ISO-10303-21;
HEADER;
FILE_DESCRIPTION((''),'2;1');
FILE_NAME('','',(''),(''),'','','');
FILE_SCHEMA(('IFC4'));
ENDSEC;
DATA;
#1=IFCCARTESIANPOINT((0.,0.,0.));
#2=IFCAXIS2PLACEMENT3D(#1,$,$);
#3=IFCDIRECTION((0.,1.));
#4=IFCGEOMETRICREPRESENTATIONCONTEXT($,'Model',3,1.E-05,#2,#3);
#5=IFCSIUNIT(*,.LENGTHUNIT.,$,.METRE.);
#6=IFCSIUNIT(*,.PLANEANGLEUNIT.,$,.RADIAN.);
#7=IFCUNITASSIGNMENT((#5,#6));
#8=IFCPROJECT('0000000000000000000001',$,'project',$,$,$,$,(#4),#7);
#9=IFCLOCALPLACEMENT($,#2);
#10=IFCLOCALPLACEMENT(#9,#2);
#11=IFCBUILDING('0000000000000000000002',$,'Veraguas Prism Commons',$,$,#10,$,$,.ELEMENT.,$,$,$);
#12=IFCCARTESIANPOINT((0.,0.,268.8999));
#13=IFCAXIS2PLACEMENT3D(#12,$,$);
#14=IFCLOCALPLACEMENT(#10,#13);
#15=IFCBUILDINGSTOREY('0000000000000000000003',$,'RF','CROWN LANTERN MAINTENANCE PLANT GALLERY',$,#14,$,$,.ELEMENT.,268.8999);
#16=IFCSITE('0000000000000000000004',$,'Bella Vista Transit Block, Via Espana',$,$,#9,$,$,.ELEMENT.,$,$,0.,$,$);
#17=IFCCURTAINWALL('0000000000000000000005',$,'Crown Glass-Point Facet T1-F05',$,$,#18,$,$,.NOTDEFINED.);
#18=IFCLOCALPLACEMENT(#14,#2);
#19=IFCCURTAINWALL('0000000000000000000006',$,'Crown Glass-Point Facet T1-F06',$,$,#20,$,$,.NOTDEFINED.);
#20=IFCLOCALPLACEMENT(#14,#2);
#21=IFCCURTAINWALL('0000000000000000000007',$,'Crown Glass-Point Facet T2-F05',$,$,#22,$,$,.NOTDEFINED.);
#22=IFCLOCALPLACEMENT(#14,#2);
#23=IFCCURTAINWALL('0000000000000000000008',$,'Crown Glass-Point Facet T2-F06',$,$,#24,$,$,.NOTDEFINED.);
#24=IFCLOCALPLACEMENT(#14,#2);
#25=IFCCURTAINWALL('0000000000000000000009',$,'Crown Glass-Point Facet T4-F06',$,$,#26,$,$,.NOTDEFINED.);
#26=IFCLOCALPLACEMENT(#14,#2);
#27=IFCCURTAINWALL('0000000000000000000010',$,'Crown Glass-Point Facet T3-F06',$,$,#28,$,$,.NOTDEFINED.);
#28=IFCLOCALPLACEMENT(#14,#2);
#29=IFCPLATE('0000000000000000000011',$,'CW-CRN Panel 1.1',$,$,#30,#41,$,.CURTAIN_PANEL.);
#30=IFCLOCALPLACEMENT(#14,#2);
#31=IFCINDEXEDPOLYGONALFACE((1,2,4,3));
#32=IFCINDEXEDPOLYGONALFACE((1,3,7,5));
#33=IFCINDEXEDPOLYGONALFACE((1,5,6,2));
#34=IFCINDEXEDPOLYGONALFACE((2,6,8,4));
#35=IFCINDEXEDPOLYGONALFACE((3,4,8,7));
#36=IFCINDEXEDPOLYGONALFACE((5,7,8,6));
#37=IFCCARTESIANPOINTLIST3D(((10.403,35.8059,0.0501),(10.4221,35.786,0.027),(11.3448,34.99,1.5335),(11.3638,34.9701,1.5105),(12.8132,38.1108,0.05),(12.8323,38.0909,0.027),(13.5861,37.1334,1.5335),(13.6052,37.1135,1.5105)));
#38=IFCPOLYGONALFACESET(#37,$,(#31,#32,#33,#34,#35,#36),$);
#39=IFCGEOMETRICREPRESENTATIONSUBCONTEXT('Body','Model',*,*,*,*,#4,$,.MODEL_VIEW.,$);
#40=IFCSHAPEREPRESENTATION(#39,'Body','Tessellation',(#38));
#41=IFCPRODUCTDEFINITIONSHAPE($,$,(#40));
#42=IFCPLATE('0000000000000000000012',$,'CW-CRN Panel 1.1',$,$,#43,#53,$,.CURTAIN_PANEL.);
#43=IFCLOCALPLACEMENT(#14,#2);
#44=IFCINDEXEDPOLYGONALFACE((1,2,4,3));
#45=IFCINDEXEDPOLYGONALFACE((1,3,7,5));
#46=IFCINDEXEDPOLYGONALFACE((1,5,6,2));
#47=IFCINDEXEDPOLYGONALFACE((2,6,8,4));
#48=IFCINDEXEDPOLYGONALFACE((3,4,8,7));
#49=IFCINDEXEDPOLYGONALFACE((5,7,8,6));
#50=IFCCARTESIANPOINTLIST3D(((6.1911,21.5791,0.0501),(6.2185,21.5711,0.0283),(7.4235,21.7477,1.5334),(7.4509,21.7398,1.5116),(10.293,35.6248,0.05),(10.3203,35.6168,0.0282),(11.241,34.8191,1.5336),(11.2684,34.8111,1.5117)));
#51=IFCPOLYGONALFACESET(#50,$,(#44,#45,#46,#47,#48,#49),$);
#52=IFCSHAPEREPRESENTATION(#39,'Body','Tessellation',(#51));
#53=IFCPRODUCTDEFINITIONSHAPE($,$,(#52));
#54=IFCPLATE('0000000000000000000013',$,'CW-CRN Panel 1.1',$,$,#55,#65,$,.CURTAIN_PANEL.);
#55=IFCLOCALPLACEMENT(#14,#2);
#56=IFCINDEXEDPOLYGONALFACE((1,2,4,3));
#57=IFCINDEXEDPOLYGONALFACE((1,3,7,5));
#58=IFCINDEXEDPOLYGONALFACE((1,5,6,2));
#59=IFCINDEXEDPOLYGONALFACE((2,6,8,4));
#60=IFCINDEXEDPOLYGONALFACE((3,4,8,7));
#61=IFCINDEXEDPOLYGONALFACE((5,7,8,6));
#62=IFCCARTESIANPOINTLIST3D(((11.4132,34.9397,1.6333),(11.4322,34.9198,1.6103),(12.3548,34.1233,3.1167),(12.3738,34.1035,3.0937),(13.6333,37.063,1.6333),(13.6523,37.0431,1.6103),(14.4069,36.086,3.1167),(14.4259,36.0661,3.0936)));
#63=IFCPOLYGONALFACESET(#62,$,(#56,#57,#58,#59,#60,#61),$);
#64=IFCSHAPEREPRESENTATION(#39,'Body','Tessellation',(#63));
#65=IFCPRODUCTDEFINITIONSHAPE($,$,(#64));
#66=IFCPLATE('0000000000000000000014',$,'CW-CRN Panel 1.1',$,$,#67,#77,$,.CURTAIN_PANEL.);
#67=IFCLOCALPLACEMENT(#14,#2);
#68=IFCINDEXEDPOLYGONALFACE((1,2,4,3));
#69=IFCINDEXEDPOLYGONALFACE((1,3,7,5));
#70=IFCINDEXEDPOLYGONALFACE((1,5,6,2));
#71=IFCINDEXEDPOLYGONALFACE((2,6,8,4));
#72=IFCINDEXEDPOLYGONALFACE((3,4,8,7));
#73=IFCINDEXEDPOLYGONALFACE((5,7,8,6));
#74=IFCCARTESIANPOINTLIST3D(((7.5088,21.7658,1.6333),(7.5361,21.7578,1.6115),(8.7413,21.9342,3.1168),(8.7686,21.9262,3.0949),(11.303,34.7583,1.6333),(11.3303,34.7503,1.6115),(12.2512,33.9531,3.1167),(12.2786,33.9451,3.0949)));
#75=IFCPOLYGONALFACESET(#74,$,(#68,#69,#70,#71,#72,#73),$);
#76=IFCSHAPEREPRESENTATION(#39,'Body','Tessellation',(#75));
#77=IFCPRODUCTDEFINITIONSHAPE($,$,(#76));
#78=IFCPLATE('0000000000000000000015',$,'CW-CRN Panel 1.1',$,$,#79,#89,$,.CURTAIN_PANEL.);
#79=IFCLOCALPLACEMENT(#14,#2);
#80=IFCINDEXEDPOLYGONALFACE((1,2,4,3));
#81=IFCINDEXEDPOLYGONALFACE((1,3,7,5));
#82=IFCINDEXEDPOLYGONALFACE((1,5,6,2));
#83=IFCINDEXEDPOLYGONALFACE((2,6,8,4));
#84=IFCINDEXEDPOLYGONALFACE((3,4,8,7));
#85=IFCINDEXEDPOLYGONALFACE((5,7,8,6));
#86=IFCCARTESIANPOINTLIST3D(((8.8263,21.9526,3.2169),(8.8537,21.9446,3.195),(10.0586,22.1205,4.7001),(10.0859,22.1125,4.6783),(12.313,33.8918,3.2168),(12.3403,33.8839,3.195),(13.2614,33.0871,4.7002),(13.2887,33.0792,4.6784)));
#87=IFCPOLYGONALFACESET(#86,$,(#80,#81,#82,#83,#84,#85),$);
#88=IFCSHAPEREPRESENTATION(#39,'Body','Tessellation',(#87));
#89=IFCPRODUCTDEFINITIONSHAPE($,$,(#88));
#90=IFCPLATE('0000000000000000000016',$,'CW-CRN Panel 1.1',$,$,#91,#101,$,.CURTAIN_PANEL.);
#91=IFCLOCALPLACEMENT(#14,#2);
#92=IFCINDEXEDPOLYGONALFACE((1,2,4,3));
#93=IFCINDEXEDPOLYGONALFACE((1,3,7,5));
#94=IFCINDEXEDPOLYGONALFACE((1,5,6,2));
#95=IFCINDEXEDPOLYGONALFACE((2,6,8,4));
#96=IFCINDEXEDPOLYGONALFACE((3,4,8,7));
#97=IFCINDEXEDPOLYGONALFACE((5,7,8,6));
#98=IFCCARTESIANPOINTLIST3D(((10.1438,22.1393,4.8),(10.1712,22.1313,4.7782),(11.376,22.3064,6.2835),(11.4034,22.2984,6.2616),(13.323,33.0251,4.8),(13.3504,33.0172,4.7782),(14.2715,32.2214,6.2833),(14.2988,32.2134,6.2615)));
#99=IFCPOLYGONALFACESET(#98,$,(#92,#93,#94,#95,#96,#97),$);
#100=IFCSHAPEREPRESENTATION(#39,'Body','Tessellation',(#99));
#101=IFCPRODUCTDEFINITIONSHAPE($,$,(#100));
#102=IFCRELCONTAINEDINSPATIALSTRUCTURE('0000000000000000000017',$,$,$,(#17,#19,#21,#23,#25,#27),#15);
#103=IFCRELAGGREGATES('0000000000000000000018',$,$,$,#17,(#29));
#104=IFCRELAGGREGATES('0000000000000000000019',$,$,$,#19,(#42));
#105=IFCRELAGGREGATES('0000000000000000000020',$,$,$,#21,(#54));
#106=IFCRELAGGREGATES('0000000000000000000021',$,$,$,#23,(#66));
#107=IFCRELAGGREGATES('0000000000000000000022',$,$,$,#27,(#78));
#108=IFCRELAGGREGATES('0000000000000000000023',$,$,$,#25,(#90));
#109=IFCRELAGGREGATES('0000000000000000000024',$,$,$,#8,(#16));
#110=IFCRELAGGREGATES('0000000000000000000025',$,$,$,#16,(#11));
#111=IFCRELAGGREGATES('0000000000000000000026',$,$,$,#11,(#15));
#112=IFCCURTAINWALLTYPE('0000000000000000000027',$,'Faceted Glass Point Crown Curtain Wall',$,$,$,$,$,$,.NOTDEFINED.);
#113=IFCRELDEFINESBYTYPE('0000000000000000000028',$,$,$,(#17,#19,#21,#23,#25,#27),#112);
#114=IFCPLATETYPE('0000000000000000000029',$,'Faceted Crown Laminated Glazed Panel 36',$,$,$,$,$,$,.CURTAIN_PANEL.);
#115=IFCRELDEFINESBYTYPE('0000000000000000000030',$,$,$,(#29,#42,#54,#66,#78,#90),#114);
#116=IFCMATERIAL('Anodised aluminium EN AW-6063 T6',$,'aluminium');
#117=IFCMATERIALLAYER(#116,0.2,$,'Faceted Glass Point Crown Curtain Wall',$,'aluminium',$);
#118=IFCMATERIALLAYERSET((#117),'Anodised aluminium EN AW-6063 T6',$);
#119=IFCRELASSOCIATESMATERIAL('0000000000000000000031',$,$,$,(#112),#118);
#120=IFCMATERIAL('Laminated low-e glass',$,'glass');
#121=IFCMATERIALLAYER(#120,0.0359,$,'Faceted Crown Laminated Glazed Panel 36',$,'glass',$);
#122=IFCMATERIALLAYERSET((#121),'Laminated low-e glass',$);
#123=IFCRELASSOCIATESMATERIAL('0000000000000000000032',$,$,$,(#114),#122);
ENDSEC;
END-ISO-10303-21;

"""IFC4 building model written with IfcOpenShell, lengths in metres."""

from ifc_helpers import new_model, si_unit, direction, frame, origin, place, context, subcontext, project, spatial, polyline, outline, extrude, material, layer, layer_set, type_object, element, aggregate, save


model = new_model("IFC4")

# Units and contexts
model_context = context("Model", 3, precision=1e-05, world=origin(), true_north=direction((0.0, 1.0)))
body_context = subcontext(model_context, "Body", "Model", "MODEL_VIEW")
ifc_project = project(units=[si_unit("LENGTHUNIT", "METRE"), si_unit("PLANEANGLEUNIT", "RADIAN")], contexts=[model_context])

# Site, building, storey
site_placement = place(None, origin())
site = spatial("IfcSite", under=ifc_project, at=site_placement, Name="Bella Vista Transit Block, Via Espana", CompositionType="ELEMENT", RefElevation=0.0)
building_placement = place(site_placement, origin())
building = spatial("IfcBuilding", under=site, at=building_placement, Name="Veraguas Prism Commons", CompositionType="ELEMENT")
storey_placement = place(building_placement, frame((0.0, 0.0, 268.8999)))
storey = spatial("IfcBuildingStorey", under=building, at=storey_placement, Name="RF", Description="CROWN LANTERN MAINTENANCE PLANT GALLERY", CompositionType="ELEMENT", Elevation=268.8999)

# Shared definitions
ifc_material_1 = material(Name="Anodised aluminium EN AW-6063 T6", Category="aluminium")
ifc_layer_1 = layer(ifc_material_1, 0.2, Name="Faceted Glass Point Crown Curtain Wall", Category="aluminium")
ifc_layer_set_1 = layer_set([ifc_layer_1], Name="Anodised aluminium EN AW-6063 T6")
curtain_wall_type = type_object("IfcCurtainWallType", Name="Faceted Glass Point Crown Curtain Wall", PredefinedType="NOTDEFINED", material=ifc_layer_set_1)

# Curtain wall
curtain_wall_1_placement = place(storey_placement, origin())
curtain_wall_1 = element("IfcCurtainWall", 1, at=curtain_wall_1_placement, inside=storey, type_object=curtain_wall_type, Name="Crown Glass-Point Facet T1-F05", PredefinedType="NOTDEFINED")

# Curtain walls
curtain_wall_2_placement = place(storey_placement, origin())
curtain_wall_2 = element("IfcCurtainWall", 2, at=curtain_wall_2_placement, inside=storey, type_object=curtain_wall_type, Name="Crown Glass-Point Facet T1-F06", PredefinedType="NOTDEFINED")
curtain_wall_3_placement = place(storey_placement, origin())
curtain_wall_3 = element("IfcCurtainWall", 3, at=curtain_wall_3_placement, inside=storey, type_object=curtain_wall_type, Name="Crown Glass-Point Facet T2-F05", PredefinedType="NOTDEFINED")
curtain_wall_4_placement = place(storey_placement, origin())
curtain_wall_4 = element("IfcCurtainWall", 4, at=curtain_wall_4_placement, inside=storey, type_object=curtain_wall_type, Name="Crown Glass-Point Facet T2-F06", PredefinedType="NOTDEFINED")
curtain_wall_5_placement = place(storey_placement, origin())
curtain_wall_5 = element("IfcCurtainWall", 5, at=curtain_wall_5_placement, inside=storey, type_object=curtain_wall_type, Name="Crown Glass-Point Facet T4-F06", PredefinedType="NOTDEFINED")

# Curtain wall
curtain_wall_6_placement = place(storey_placement, origin())
curtain_wall_6 = element("IfcCurtainWall", 6, at=curtain_wall_6_placement, inside=storey, type_object=curtain_wall_type, Name="Crown Glass-Point Facet T3-F06", PredefinedType="NOTDEFINED")

# Plates
ifc_material_2 = material(Name="Laminated low-e glass", Category="glass")
ifc_layer_2 = layer(ifc_material_2, 0.0359, Name="Faceted Crown Laminated Glazed Panel 36", Category="glass")
ifc_layer_set_2 = layer_set([ifc_layer_2], Name="Laminated low-e glass")
plate_type = type_object("IfcPlateType", Name="Faceted Crown Laminated Glazed Panel 36", PredefinedType="CURTAIN_PANEL", material=ifc_layer_set_2)
plate_1_placement = place(storey_placement, frame((12.8132, 38.1108, 0.05), z_axis=(-0.530192, 0.554402, 0.64151), x_axis=(-0.722709, -0.691153, 0.000002)))
plate_1 = element("IfcPlate", 7, at=plate_1_placement, type_object=plate_type, Name="CW-CRN Panel 1.1", PredefinedType="CURTAIN_PANEL", context=body_context, shape_type="SweptSolid", body=[
    extrude(outline(polyline([(0.0, 0.0), (3.335, 0.0), (3.2183, 1.9338), (0.1169, 1.9338), (0.0, 0.0)])), origin(), (0.0, 0.0, -1.0), 0.0359),
])
aggregate(curtain_wall_1, [plate_1])
plate_2_placement = place(storey_placement, frame((10.293, 35.6248, 0.05), z_axis=(-0.762157, 0.222579, 0.607927), x_axis=(-0.280327, -0.959904, 0.000002)))
plate_2 = element("IfcPlate", 8, at=plate_2_placement, type_object=plate_type, Name="CW-CRN Panel 1.1", PredefinedType="CURTAIN_PANEL", context=body_context, shape_type="SweptSolid", body=[
    extrude(outline(polyline([(0.0, 0.0), (14.6323, 0.0), (14.125, 1.8682), (0.5076, 1.8684), (0.0, 0.0)])), origin(), (0.0, 0.0, -1.0), 0.0359),
])
aggregate(curtain_wall_2, [plate_2])
plate_3_placement = place(storey_placement, frame((13.6333, 37.063, 1.6333), z_axis=(-0.530166, 0.554337, 0.641588), x_axis=(-0.722679, -0.691184, 0.000013)))
plate_3 = element("IfcPlate", 9, at=plate_3_placement, type_object=plate_type, Name="CW-CRN Panel 1.1", PredefinedType="CURTAIN_PANEL", context=body_context, shape_type="SweptSolid", body=[
    extrude(outline(polyline([(0.0, 0.0), (3.072, 0.0), (2.9558, 1.9338), (0.1162, 1.9338), (0.0, 0.0)])), origin(), (0.0, 0.0, -1.0), 0.0359),
])
aggregate(curtain_wall_3, [plate_3])
plate_4_placement = place(storey_placement, frame((11.303, 34.7583, 1.6333), z_axis=(-0.762129, 0.222567, 0.607967), x_axis=(-0.280324, -0.959905, 0.000001)))
plate_4 = element("IfcPlate", 10, at=plate_4_placement, type_object=plate_type, Name="CW-CRN Panel 1.1", PredefinedType="CURTAIN_PANEL", context=body_context, shape_type="SweptSolid", body=[
    extrude(outline(polyline([(0.0, 0.0), (13.5352, 0.0), (13.0281, 1.8684), (0.5071, 1.8684), (0.0, 0.0)])), origin(), (0.0, 0.0, -1.0), 0.0359),
])
aggregate(curtain_wall_4, [plate_4])
plate_5_placement = place(storey_placement, frame((12.313, 33.8918, 3.2168), z_axis=(-0.762128, 0.222571, 0.607967), x_axis=(-0.280326, -0.959905, 0.000005)))
plate_5 = element("IfcPlate", 11, at=plate_5_placement, type_object=plate_type, Name="CW-CRN Panel 1.1", PredefinedType="CURTAIN_PANEL", context=body_context, shape_type="SweptSolid", body=[
    extrude(outline(polyline([(0.0, 0.0), (12.438, 0.0), (11.9314, 1.8682), (0.5066, 1.8684), (0.0, 0.0)])), origin(), (0.0, 0.0, -1.0), 0.0359),
])
aggregate(curtain_wall_6, [plate_5])
plate_6_placement = place(storey_placement, frame((13.323, 33.0251, 4.8), z_axis=(-0.762135, 0.222576, 0.607955), x_axis=(-0.280335, -0.959902, -0.000004)))
plate_6 = element("IfcPlate", 12, at=plate_6_placement, type_object=plate_type, Name="CW-CRN Panel 1.1", PredefinedType="CURTAIN_PANEL", context=body_context, shape_type="SweptSolid", body=[
    extrude(outline(polyline([(0.0, 0.0), (11.3406, 0.0), (10.8347, 1.8684), (0.5056, 1.8682), (0.0, 0.0)])), origin(), (0.0, 0.0, -1.0), 0.0359),
])
aggregate(curtain_wall_5, [plate_6])

save(model, "model.ifc")
